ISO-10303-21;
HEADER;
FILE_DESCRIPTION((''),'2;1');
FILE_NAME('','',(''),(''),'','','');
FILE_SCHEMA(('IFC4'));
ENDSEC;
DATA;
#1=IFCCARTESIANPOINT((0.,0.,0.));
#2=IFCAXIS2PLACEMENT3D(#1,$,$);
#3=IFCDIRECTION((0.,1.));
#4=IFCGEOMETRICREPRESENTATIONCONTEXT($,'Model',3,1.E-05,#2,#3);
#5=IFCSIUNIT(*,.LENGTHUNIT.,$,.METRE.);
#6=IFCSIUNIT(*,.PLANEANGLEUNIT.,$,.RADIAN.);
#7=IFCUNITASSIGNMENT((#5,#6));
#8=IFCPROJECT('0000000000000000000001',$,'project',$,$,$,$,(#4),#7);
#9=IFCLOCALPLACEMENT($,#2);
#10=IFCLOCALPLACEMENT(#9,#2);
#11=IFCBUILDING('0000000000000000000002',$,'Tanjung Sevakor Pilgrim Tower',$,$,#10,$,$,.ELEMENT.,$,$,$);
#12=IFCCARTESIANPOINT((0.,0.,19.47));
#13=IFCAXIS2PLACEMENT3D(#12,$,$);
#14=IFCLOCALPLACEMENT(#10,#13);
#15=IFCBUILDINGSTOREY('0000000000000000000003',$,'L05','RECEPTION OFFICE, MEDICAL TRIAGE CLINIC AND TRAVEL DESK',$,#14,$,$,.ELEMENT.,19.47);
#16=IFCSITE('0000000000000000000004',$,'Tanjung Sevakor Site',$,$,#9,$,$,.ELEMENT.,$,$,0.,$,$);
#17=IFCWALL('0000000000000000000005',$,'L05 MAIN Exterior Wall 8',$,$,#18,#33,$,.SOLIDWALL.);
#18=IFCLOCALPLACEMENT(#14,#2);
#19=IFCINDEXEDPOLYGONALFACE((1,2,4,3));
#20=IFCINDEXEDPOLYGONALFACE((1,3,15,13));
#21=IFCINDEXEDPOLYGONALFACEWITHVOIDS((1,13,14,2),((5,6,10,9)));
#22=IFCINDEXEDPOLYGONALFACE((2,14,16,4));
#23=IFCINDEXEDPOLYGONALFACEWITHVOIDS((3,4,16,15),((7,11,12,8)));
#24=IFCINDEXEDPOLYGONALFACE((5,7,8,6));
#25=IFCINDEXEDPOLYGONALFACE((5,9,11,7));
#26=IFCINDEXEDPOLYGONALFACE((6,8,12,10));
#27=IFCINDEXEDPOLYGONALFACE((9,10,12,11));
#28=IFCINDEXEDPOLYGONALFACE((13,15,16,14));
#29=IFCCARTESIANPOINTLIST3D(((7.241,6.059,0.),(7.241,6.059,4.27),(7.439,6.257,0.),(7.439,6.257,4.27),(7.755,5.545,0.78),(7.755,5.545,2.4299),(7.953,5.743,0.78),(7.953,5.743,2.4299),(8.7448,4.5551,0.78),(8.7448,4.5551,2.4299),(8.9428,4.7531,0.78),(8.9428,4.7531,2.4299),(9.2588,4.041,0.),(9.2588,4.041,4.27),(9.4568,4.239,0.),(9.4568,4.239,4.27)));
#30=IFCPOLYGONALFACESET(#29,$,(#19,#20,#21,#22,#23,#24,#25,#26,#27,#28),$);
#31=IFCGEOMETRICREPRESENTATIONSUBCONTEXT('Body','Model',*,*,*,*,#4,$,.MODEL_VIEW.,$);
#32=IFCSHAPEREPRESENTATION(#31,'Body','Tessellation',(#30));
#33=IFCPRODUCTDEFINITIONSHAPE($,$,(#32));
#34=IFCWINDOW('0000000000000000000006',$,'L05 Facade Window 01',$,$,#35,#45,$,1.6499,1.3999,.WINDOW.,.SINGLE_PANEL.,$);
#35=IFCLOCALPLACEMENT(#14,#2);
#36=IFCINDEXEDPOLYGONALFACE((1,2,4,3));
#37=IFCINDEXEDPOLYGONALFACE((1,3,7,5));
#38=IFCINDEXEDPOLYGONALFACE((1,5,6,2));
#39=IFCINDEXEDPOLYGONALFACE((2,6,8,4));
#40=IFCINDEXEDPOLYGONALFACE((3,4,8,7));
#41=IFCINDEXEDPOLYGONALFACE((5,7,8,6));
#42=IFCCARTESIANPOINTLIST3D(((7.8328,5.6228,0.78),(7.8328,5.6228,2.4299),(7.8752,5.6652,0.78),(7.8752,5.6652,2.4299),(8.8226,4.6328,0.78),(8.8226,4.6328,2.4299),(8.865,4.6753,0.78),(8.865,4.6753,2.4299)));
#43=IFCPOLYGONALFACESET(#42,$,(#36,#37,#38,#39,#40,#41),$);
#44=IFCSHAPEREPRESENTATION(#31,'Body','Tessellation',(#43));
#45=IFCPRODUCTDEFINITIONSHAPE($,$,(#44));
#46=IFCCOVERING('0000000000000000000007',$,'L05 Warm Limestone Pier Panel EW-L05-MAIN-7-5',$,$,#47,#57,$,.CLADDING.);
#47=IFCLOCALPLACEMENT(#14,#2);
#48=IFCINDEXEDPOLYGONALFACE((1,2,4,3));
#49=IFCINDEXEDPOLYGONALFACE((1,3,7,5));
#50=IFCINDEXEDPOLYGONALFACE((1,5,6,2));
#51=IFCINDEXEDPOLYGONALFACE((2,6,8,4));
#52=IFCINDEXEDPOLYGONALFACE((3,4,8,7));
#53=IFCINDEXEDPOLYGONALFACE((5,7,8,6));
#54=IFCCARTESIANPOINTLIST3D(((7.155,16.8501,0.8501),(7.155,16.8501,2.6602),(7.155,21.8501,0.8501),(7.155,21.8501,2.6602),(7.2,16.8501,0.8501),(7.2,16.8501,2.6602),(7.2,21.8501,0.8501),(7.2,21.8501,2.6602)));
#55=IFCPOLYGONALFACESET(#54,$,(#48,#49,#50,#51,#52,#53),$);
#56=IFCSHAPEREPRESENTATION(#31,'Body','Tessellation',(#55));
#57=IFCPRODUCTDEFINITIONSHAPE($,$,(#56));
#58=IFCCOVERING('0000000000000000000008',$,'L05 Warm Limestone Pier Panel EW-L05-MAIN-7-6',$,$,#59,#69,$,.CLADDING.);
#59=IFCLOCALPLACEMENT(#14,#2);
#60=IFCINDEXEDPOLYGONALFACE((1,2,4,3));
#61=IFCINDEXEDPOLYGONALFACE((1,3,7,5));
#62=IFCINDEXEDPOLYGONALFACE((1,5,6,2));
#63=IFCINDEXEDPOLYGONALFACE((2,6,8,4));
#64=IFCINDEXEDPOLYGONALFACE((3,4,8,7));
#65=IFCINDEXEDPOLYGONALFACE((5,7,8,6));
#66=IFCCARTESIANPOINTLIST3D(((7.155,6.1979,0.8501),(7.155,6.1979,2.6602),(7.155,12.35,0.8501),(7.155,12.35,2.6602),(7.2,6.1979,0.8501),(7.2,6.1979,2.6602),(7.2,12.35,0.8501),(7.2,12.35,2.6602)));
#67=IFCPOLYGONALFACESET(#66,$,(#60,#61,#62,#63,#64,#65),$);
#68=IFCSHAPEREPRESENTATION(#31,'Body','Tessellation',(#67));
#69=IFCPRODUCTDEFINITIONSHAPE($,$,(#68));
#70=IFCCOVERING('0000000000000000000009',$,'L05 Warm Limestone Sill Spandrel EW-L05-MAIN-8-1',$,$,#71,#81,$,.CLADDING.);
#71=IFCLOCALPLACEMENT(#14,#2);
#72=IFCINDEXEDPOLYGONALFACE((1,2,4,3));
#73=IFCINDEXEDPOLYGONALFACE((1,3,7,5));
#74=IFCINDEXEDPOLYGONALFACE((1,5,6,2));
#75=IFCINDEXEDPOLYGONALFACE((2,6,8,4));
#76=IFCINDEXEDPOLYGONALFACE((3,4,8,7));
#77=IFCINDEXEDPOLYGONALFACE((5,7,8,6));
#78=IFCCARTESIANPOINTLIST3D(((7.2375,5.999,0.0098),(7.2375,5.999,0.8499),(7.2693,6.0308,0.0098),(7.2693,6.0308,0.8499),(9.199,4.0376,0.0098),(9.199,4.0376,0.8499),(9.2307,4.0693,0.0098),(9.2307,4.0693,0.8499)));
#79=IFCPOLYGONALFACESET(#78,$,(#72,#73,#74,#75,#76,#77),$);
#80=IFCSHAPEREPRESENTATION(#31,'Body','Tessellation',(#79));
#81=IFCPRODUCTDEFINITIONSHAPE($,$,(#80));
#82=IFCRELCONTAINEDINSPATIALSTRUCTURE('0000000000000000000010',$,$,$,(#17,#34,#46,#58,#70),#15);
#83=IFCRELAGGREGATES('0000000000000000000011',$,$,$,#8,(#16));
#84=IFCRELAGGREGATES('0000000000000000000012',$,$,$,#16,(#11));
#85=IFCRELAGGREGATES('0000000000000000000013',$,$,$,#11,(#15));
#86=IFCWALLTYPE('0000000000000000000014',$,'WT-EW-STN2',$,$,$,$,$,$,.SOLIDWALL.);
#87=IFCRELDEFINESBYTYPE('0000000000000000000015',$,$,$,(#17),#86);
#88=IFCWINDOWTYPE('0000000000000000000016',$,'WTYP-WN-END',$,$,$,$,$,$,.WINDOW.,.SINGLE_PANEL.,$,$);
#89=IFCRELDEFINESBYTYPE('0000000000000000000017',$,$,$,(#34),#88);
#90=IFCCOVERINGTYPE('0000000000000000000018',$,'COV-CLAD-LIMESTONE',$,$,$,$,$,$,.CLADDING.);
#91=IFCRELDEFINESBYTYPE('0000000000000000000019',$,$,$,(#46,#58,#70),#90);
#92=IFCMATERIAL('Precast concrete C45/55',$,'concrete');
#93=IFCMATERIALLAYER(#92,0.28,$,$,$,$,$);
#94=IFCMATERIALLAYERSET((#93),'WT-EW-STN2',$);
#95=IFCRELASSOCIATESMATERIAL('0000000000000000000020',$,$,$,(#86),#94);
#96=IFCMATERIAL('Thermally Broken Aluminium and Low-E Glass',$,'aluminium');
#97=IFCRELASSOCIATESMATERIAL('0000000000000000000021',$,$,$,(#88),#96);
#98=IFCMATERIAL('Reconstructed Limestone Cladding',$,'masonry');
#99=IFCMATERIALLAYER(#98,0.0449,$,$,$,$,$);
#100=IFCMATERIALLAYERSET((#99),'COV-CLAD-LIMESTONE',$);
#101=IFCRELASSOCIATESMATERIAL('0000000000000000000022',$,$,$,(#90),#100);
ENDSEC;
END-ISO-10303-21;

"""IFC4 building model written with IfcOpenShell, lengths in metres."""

from ifc_helpers import new_model, si_unit, direction, frame, frame_2d, origin, origin_2d, place, context, subcontext, project, spatial, rectangle, extrude, material, layer, layer_set, type_object, element, fill, save


model = new_model("IFC4")

# Units and contexts
model_context = context("Model", 3, precision=1e-05, world=origin(), true_north=direction((0.0, 1.0)))
body_context = subcontext(model_context, "Body", "Model", "MODEL_VIEW")
ifc_project = project(units=[si_unit("LENGTHUNIT", "METRE"), si_unit("PLANEANGLEUNIT", "RADIAN")], contexts=[model_context])

# Site, building, storey
site_placement = place(None, origin())
site = spatial("IfcSite", under=ifc_project, at=site_placement, Name="Tanjung Sevakor Site", CompositionType="ELEMENT", RefElevation=0.0)
building_placement = place(site_placement, origin())
building = spatial("IfcBuilding", under=site, at=building_placement, Name="Tanjung Sevakor Pilgrim Tower", CompositionType="ELEMENT")
storey_placement = place(building_placement, frame((0.0, 0.0, 19.47)))
storey = spatial("IfcBuildingStorey", under=building, at=storey_placement, Name="L05", Description="RECEPTION OFFICE, MEDICAL TRIAGE CLINIC AND TRAVEL DESK", CompositionType="ELEMENT", Elevation=19.47)

# Shared definitions
ifc_material_1 = material(Name="Precast concrete C45/55", Category="concrete")
ifc_layer_1 = layer(ifc_material_1, 0.28)
ifc_layer_set_1 = layer_set([ifc_layer_1], Name="WT-EW-STN2")
wall_type_1 = type_object("IfcWallType", Name="WT-EW-STN2", PredefinedType="SOLIDWALL", material=ifc_layer_set_1)

# Wall, opening, window
wall_1_placement = place(storey_placement, frame((7.3401, 6.158, 0.0), z_axis=(0.0, 0.0, 1.0), x_axis=(0.707064, -0.70715, 0.0)))
wall_1 = element("IfcWall", 1, at=wall_1_placement, inside=storey, type_object=wall_type_1, Name="L05 MAIN Exterior Wall 8", PredefinedType="SOLIDWALL", context=body_context, shape_type="SweptSolid", body=[
    extrude(rectangle(XDim=2.8538, YDim=0.28, at=frame_2d((1.4268, 0.0))), origin(), (0.0, 0.0, 1.0), 4.27),
])
opening_1_placement = place(wall_1_placement, frame((0.7268, 0.0, 0.78)))
opening_1 = element("IfcOpeningElement", 2, at=opening_1_placement, cuts=wall_1, PredefinedType="OPENING", context=body_context, shape_type="SweptSolid", body=[
    extrude(rectangle(XDim=1.3999, YDim=1.6499, at=frame_2d((0.7, 0.825))), frame((0.0, 0.1499, 0.0), z_axis=(0.0, -1.0, 0.0), x_axis=(1.0, 0.0, 0.0)), (0.0, 0.0, 1.0), 0.3),
])
ifc_material_2 = material(Name="Thermally Broken Aluminium and Low-E Glass", Category="aluminium")
window_type_1 = type_object("IfcWindowType", Name="WTYP-WN-END", PartitioningType="SINGLE_PANEL", PredefinedType="WINDOW", material=ifc_material_2)
window_1_placement = place(opening_1_placement, origin())
window_1 = element("IfcWindow", 3, at=window_1_placement, inside=storey, type_object=window_type_1, Name="L05 Facade Window 01", OverallHeight=1.6499, OverallWidth=1.3999, PartitioningType="SINGLE_PANEL", PredefinedType="WINDOW", context=body_context, shape_type="SweptSolid", body=[
    extrude(rectangle(XDim=1.3999, YDim=1.6499, at=frame_2d((0.7, 0.825))), frame((0.0, 0.03, 0.0), z_axis=(0.0, -1.0, 0.0), x_axis=(1.0, 0.0, 0.0)), (0.0, 0.0, 1.0), 0.0601),
])
fill(opening_1, window_1)

# Coverings
ifc_material_3 = material(Name="Reconstructed Limestone Cladding", Category="masonry")
ifc_layer_2 = layer(ifc_material_3, 0.0449)
ifc_layer_set_2 = layer_set([ifc_layer_2], Name="COV-CLAD-LIMESTONE")
covering_type = type_object("IfcCoveringType", Name="COV-CLAD-LIMESTONE", PredefinedType="CLADDING", material=ifc_layer_set_2)
covering_1_placement = place(storey_placement, frame((7.1775, 19.3501, 0.8501), z_axis=(0.0, 0.0, 1.0), x_axis=(0.0, -1.0, 0.0)))
element("IfcCovering", 4, at=covering_1_placement, inside=storey, type_object=covering_type, Name="L05 Warm Limestone Pier Panel EW-L05-MAIN-7-5", PredefinedType="CLADDING", context=body_context, shape_type="SweptSolid", body=[
    extrude(rectangle(XDim=5.0, YDim=0.0449, at=origin_2d()), origin(), (0.0, 0.0, 1.0), 1.8101),
])
covering_2_placement = place(storey_placement, frame((7.1775, 9.2739, 0.8501), z_axis=(0.0, 0.0, 1.0), x_axis=(0.0, -1.0, 0.0)))
element("IfcCovering", 5, at=covering_2_placement, inside=storey, type_object=covering_type, Name="L05 Warm Limestone Pier Panel EW-L05-MAIN-7-6", PredefinedType="CLADDING", context=body_context, shape_type="SweptSolid", body=[
    extrude(rectangle(XDim=6.1521, YDim=0.0449, at=origin_2d()), origin(), (0.0, 0.0, 1.0), 1.8101),
])
covering_3_placement = place(storey_placement, frame((8.2341, 5.0342, 0.0098), z_axis=(0.0, 0.0, 1.0), x_axis=(0.707107, -0.707107, 0.0)))
element("IfcCovering", 6, at=covering_3_placement, inside=storey, type_object=covering_type, Name="L05 Warm Limestone Sill Spandrel EW-L05-MAIN-8-1", PredefinedType="CLADDING", context=body_context, shape_type="SweptSolid", body=[
    extrude(rectangle(XDim=2.7739, YDim=0.0449, at=origin_2d()), origin(), (0.0, 0.0, 1.0), 0.8401),
])

save(model, "model.ifc")
